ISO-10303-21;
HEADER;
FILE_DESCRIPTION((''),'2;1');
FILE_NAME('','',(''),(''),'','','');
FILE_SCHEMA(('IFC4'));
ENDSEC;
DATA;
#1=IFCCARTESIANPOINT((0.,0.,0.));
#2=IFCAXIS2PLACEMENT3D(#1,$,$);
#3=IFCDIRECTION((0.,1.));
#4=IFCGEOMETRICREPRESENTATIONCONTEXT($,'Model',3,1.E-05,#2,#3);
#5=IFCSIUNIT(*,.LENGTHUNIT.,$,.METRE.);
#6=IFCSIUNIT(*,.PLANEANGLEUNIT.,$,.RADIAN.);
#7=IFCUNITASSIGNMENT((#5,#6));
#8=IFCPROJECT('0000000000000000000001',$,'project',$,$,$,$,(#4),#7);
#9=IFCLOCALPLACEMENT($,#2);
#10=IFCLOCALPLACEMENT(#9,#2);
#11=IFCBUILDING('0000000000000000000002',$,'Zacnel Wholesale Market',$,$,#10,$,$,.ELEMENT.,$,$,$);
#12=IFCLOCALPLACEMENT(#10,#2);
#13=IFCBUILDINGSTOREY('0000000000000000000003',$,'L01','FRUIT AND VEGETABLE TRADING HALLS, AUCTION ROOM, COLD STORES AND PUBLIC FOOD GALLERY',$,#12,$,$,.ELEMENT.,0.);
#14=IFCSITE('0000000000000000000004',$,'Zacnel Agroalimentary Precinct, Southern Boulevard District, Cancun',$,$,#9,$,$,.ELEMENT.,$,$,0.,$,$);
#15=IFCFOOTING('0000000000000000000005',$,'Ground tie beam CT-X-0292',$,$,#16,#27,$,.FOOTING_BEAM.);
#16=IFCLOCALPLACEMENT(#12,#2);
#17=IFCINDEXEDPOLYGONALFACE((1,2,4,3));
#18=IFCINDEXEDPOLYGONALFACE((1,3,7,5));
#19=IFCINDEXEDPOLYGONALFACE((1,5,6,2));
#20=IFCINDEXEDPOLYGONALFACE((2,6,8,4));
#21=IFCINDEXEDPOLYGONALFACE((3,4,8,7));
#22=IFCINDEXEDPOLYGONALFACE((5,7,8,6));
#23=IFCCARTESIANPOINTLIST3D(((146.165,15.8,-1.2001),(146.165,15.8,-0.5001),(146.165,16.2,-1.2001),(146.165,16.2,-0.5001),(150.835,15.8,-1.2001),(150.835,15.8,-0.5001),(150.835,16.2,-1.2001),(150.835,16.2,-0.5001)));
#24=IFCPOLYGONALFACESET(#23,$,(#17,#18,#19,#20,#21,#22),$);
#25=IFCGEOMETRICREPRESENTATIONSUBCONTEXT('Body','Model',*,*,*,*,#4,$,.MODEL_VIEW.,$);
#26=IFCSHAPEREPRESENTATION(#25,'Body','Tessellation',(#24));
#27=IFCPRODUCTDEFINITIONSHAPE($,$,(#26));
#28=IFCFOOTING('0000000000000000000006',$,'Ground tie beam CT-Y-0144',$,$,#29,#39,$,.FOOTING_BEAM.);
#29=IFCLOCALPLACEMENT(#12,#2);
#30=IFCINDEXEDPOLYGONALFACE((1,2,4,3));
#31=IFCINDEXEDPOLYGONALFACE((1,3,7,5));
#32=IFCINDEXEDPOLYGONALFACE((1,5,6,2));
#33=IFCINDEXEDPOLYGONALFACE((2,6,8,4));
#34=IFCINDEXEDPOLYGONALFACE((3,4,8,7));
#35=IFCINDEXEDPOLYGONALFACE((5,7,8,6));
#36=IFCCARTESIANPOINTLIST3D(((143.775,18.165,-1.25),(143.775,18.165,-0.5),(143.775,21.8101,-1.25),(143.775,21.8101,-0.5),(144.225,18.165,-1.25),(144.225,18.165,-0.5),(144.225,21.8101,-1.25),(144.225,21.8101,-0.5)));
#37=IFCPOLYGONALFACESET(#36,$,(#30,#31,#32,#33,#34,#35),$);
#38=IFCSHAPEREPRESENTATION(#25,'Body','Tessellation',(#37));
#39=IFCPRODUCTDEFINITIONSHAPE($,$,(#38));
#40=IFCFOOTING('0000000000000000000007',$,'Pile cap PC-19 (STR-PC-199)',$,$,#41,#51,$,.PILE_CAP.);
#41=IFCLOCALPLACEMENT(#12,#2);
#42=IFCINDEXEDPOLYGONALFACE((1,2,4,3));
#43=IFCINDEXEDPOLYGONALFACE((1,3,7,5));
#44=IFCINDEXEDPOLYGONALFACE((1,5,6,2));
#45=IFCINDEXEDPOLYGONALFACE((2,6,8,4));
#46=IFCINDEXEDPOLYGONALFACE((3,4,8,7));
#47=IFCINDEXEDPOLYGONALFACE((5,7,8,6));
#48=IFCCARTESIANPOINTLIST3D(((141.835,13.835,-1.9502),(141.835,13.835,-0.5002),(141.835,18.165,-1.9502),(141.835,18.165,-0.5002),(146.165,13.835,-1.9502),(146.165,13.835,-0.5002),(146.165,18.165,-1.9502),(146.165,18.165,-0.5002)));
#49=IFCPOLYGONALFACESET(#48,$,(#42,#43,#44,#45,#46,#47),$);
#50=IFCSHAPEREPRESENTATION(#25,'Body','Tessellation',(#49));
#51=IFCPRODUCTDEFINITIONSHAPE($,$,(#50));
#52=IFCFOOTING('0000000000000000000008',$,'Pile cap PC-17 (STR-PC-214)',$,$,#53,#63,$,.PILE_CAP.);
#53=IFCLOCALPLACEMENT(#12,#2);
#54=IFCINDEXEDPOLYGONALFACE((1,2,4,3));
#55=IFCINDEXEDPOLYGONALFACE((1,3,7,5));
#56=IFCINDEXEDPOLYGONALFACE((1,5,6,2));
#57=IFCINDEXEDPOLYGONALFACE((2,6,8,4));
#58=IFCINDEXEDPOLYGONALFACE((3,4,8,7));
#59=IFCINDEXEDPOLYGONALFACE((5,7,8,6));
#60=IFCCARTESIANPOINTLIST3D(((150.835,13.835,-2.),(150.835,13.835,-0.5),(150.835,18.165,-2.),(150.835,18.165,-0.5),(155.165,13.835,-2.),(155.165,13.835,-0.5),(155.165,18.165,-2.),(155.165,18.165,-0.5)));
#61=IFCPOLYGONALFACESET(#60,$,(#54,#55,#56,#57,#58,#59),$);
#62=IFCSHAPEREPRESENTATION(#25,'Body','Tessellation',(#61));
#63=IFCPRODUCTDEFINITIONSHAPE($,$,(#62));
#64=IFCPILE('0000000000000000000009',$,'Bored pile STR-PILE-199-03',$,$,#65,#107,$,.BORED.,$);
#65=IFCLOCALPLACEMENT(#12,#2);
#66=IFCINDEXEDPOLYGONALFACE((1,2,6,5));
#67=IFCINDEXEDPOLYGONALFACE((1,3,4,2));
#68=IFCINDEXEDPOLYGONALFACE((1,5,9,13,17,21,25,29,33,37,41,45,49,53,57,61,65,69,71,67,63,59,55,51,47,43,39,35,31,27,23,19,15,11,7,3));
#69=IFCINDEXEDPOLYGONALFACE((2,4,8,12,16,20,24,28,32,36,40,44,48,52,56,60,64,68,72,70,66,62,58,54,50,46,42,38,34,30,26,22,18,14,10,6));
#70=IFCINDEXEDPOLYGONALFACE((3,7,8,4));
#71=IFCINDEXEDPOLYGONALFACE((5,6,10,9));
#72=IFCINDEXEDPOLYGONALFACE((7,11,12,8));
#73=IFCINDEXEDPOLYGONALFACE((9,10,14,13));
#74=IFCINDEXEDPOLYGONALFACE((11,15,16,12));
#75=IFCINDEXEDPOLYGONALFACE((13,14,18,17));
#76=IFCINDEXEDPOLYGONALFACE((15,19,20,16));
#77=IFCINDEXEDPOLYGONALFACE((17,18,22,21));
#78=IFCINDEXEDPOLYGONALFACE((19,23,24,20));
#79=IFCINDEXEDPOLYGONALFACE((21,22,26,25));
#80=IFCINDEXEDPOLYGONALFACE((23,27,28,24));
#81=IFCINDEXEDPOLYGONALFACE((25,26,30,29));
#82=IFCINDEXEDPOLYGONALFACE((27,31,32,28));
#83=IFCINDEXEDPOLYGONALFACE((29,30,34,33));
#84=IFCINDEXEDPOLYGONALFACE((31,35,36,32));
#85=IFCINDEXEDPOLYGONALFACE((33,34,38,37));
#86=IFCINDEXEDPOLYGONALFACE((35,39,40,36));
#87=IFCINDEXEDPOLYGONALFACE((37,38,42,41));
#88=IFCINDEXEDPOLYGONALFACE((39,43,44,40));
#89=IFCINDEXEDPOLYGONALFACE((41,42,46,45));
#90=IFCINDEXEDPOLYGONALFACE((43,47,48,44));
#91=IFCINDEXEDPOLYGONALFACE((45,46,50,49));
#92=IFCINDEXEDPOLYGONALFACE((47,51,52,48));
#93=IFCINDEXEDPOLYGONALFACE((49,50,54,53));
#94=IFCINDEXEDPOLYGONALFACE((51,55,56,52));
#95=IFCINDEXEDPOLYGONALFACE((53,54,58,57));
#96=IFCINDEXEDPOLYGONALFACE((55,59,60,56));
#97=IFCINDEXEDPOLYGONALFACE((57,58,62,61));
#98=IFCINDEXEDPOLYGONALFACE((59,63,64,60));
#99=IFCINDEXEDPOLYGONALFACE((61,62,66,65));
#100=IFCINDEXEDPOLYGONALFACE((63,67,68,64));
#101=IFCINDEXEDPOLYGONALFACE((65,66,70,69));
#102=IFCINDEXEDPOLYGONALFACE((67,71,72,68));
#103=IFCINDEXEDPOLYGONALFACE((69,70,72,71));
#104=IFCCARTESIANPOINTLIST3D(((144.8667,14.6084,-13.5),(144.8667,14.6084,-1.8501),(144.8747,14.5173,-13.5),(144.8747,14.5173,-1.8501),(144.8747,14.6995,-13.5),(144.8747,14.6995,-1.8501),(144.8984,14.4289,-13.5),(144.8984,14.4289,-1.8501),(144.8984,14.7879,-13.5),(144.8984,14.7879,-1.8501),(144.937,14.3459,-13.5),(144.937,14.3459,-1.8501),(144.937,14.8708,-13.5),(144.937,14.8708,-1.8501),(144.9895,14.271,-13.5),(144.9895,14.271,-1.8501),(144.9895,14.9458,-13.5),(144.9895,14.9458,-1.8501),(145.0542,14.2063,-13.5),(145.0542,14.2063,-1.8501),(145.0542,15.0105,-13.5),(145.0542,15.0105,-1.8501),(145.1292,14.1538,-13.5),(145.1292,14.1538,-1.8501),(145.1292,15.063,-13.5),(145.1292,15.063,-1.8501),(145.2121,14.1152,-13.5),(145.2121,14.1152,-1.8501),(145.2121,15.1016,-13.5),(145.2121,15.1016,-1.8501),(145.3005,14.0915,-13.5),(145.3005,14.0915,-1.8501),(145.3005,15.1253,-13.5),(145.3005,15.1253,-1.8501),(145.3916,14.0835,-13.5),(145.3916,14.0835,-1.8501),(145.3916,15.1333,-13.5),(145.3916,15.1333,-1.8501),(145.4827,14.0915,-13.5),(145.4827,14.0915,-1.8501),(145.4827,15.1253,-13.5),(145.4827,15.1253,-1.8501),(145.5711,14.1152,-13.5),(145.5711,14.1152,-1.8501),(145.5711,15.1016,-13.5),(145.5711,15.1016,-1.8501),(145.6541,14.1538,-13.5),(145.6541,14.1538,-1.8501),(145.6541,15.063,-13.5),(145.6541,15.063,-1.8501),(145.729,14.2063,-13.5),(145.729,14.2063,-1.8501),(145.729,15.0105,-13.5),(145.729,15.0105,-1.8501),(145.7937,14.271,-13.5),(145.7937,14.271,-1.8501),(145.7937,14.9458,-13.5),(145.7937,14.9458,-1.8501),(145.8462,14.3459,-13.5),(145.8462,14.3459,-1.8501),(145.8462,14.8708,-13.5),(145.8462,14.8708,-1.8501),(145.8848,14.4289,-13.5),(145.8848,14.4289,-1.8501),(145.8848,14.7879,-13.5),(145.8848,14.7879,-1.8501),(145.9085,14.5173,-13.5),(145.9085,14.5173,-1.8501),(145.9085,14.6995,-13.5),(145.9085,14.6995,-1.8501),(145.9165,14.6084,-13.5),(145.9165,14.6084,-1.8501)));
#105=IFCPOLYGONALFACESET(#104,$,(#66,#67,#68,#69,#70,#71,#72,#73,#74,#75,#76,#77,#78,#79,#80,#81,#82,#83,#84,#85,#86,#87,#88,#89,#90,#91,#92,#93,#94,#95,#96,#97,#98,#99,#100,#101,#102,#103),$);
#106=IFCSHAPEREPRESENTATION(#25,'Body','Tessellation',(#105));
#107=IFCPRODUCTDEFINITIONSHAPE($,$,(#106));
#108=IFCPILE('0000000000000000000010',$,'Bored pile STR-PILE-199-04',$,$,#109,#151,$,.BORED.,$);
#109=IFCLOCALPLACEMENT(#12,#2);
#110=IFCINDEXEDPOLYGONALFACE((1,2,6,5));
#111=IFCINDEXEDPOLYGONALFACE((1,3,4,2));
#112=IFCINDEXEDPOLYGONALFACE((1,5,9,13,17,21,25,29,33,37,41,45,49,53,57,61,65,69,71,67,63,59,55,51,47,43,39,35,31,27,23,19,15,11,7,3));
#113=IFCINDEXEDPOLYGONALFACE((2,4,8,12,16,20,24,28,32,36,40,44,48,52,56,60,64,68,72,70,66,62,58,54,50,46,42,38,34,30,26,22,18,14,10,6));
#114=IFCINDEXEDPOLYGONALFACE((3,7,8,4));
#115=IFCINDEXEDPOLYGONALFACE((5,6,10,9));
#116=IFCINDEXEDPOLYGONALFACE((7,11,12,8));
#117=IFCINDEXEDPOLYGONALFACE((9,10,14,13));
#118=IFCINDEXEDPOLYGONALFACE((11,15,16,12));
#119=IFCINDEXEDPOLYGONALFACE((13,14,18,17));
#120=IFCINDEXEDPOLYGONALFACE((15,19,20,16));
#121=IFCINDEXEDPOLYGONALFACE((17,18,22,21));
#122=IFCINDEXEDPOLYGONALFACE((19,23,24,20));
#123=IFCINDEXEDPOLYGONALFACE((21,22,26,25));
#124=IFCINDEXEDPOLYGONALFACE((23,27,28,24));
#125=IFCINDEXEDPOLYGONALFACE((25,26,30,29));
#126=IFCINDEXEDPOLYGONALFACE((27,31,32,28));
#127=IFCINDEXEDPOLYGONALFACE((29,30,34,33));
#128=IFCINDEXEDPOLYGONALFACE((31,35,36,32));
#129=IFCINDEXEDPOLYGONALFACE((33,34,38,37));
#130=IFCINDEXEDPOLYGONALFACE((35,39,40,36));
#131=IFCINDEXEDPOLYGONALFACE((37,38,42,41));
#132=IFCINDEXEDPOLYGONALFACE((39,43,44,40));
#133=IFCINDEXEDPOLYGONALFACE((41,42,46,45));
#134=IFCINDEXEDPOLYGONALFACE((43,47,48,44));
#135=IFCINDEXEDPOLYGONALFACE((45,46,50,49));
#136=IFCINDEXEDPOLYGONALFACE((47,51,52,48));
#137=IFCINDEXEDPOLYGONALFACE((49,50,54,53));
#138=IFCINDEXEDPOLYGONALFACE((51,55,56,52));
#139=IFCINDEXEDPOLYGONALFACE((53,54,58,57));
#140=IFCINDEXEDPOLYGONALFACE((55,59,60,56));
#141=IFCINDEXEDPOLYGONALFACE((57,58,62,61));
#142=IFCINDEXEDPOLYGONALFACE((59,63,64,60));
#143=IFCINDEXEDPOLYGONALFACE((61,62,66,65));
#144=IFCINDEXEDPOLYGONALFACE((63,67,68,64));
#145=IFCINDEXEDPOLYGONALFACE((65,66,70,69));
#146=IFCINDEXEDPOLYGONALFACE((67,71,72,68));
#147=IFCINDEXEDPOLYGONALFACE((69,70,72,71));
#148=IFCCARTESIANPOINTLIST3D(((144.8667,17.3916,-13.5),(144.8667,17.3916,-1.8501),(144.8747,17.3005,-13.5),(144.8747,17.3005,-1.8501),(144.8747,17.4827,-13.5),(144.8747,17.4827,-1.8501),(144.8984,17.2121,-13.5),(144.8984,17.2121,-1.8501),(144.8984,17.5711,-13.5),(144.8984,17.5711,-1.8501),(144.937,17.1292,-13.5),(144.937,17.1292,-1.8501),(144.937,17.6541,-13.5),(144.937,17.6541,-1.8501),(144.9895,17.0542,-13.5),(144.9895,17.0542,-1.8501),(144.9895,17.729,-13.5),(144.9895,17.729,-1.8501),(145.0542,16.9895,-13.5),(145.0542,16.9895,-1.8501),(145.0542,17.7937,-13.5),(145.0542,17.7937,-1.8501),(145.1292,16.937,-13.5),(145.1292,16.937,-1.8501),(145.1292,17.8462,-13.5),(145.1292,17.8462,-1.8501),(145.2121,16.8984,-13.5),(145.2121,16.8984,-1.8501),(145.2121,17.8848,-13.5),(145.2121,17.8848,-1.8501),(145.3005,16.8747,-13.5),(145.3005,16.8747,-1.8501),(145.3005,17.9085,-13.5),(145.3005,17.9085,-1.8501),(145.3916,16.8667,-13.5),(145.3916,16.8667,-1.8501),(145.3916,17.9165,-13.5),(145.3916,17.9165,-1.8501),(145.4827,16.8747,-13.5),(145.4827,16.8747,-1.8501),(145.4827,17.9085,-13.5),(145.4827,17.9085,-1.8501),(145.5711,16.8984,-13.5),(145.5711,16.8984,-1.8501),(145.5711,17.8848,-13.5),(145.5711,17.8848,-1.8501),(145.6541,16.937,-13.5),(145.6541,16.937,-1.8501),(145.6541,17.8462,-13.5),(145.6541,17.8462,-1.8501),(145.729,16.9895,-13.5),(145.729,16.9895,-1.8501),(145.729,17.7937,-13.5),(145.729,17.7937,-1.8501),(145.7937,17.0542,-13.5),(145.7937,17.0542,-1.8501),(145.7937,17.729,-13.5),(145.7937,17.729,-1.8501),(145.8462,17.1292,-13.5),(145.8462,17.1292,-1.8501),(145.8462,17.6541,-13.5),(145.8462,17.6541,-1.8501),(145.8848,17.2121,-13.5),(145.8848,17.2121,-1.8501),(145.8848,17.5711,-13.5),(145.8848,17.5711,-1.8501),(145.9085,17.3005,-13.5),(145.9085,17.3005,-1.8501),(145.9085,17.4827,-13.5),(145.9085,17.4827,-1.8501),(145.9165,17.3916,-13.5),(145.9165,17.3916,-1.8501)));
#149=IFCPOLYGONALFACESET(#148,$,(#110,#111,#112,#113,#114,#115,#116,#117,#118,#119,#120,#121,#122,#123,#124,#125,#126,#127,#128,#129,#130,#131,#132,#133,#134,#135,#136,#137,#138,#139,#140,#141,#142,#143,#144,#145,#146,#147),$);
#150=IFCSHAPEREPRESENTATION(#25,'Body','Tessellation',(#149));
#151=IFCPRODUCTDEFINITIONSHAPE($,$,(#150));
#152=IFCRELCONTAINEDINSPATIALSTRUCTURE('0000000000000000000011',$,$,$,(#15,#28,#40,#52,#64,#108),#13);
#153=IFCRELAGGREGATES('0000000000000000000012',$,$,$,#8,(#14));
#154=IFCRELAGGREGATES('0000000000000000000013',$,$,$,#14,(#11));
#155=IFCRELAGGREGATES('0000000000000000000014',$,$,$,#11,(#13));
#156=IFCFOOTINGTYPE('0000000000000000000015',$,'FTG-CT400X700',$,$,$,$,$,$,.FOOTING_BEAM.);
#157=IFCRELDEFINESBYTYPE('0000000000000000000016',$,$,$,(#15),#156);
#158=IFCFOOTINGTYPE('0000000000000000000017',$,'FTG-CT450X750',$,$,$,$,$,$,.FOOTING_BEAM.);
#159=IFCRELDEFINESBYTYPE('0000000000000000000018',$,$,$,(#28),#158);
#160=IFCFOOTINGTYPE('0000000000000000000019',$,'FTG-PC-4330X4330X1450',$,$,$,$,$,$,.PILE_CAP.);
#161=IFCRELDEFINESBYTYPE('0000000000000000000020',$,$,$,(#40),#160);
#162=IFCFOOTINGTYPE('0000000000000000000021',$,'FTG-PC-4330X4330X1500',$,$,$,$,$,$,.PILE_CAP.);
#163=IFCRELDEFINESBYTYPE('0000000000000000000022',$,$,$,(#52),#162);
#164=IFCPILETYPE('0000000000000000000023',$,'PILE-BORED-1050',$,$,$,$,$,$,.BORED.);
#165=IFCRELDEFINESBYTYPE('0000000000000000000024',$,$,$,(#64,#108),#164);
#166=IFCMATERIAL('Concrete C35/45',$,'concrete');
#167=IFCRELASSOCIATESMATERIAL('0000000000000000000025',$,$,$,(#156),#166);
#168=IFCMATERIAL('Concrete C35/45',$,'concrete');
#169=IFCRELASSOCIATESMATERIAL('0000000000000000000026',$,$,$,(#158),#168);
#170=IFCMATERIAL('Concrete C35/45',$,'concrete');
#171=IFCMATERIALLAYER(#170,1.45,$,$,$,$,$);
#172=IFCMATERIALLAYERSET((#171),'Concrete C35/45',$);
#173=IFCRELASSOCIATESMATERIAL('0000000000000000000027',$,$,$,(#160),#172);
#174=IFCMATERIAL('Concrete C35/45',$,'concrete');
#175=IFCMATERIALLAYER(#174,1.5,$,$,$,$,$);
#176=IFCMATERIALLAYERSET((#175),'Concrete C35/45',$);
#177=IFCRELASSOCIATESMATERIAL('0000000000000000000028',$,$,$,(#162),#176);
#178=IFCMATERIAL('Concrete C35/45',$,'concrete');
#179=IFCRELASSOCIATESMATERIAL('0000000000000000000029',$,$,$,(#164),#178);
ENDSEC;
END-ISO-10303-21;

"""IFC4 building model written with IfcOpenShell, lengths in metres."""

from ifc_helpers import new_model, si_unit, direction, frame, origin, origin_2d, place, context, subcontext, project, spatial, rectangle, circle, extrude, material, layer, layer_set, material_profile, profile_set, type_object, element, save


model = new_model("IFC4")

# Units and contexts
model_context = context("Model", 3, precision=1e-05, world=origin(), true_north=direction((0.0, 1.0)))
body_context = subcontext(model_context, "Body", "Model", "MODEL_VIEW")
ifc_project = project(units=[si_unit("LENGTHUNIT", "METRE"), si_unit("PLANEANGLEUNIT", "RADIAN")], contexts=[model_context])

# Site, building, storey
site_placement = place(None, origin())
site = spatial("IfcSite", under=ifc_project, at=site_placement, Name="Zacnel Agroalimentary Precinct, Southern Boulevard District, Cancun", CompositionType="ELEMENT", RefElevation=0.0)
building_placement = place(site_placement, origin())
building = spatial("IfcBuilding", under=site, at=building_placement, Name="Zacnel Wholesale Market", CompositionType="ELEMENT")
storey_placement = place(building_placement, origin())
storey = spatial("IfcBuildingStorey", under=building, at=storey_placement, Name="L01", Description="FRUIT AND VEGETABLE TRADING HALLS, AUCTION ROOM, COLD STORES AND PUBLIC FOOD GALLERY", CompositionType="ELEMENT", Elevation=0.0)

# Footings
ifc_material_1 = material(Name="Concrete C35/45", Category="concrete")
ifc_material_profile_1 = material_profile(ifc_material_1, rectangle(XDim=0.3999, YDim=0.7, at=origin_2d()), Name="CT 400x700")
ifc_profile_set_1 = profile_set([ifc_material_profile_1], Name="Concrete C35/45")
footing_type_1 = type_object("IfcFootingType", Name="FTG-CT400X700", PredefinedType="FOOTING_BEAM", material=ifc_profile_set_1)
footing_1_placement = place(storey_placement, frame((146.165, 16.0, -0.8501), z_axis=(1.0, 0.0, 0.0), x_axis=(0.0, 1.0, 0.0)))
element("IfcFooting", 1, at=footing_1_placement, inside=storey, type_object=footing_type_1, Name="Ground tie beam CT-X-0292", PredefinedType="FOOTING_BEAM", context=body_context, shape_type="SweptSolid", body=[
    extrude(rectangle(XDim=0.3999, YDim=0.7, at=origin_2d()), origin(), (0.0, 0.0, 1.0), 4.6699),
])
ifc_material_2 = material(Name="Concrete C35/45", Category="concrete")
ifc_material_profile_2 = material_profile(ifc_material_2, rectangle(XDim=0.45, YDim=0.75, at=origin_2d()), Name="CT 450x750")
ifc_profile_set_2 = profile_set([ifc_material_profile_2], Name="Concrete C35/45")
footing_type_2 = type_object("IfcFootingType", Name="FTG-CT450X750", PredefinedType="FOOTING_BEAM", material=ifc_profile_set_2)
footing_2_placement = place(storey_placement, frame((144.0, 18.165, -0.875), z_axis=(0.0, 1.0, 0.0), x_axis=(-1.0, 0.0, 0.0)))
element("IfcFooting", 2, at=footing_2_placement, inside=storey, type_object=footing_type_2, Name="Ground tie beam CT-Y-0144", PredefinedType="FOOTING_BEAM", context=body_context, shape_type="SweptSolid", body=[
    extrude(rectangle(XDim=0.45, YDim=0.75, at=origin_2d()), origin(), (0.0, 0.0, 1.0), 3.645),
])
ifc_material_3 = material(Name="Concrete C35/45", Category="concrete")
ifc_layer_1 = layer(ifc_material_3, 1.45)
ifc_layer_set_1 = layer_set([ifc_layer_1], Name="Concrete C35/45")
footing_type_3 = type_object("IfcFootingType", Name="FTG-PC-4330X4330X1450", PredefinedType="PILE_CAP", material=ifc_layer_set_1)
footing_3_placement = place(storey_placement, frame((144.0, 16.0, -1.9502), z_axis=(0.0, 0.0, 1.0), x_axis=(1.0, 0.0, 0.0)))
element("IfcFooting", 3, at=footing_3_placement, inside=storey, type_object=footing_type_3, Name="Pile cap PC-19 (STR-PC-199)", PredefinedType="PILE_CAP", context=body_context, shape_type="SweptSolid", body=[
    extrude(rectangle(XDim=4.3301, YDim=4.3301, at=origin_2d()), origin(), (0.0, 0.0, 1.0), 1.45),
])
ifc_material_4 = material(Name="Concrete C35/45", Category="concrete")
ifc_layer_2 = layer(ifc_material_4, 1.5)
ifc_layer_set_2 = layer_set([ifc_layer_2], Name="Concrete C35/45")
footing_type_4 = type_object("IfcFootingType", Name="FTG-PC-4330X4330X1500", PredefinedType="PILE_CAP", material=ifc_layer_set_2)
footing_4_placement = place(storey_placement, frame((153.0, 16.0, -2.0), z_axis=(0.0, 0.0, 1.0), x_axis=(1.0, 0.0, 0.0)))
element("IfcFooting", 4, at=footing_4_placement, inside=storey, type_object=footing_type_4, Name="Pile cap PC-17 (STR-PC-214)", PredefinedType="PILE_CAP", context=body_context, shape_type="SweptSolid", body=[
    extrude(rectangle(XDim=4.3301, YDim=4.3301, at=origin_2d()), origin(), (0.0, 0.0, 1.0), 1.5),
])

# Piles
ifc_material_5 = material(Name="Concrete C35/45", Category="concrete")
ifc_material_profile_3 = material_profile(ifc_material_5, circle(Radius=0.5249, at=origin_2d()), Name="BORED PILE D1050")
ifc_profile_set_3 = profile_set([ifc_material_profile_3], Name="Concrete C35/45")
pile_type = type_object("IfcPileType", Name="PILE-BORED-1050", PredefinedType="BORED", material=ifc_profile_set_3)
for number, where, z_axis, x_axis, name in (
    (5, (145.3916, 14.6084, -1.8501), (0.0, 0.0, -1.0), (1.0, 0.0, 0.0), "Bored pile STR-PILE-199-03"),
    (6, (145.3916, 17.3916, -1.8501), (0.0, 0.0, -1.0), (1.0, 0.0, 0.0), "Bored pile STR-PILE-199-04"),
):
    element("IfcPile", number, at=place(storey_placement, frame(where, z_axis=z_axis, x_axis=x_axis)), inside=storey, type_object=pile_type, Name=name, PredefinedType="BORED", context=body_context, shape_type="SweptSolid", body=[
        extrude(circle(Radius=0.5249, at=origin_2d()), origin(), (0.0, 0.0, 1.0), 11.6499),
    ])

save(model, "model.ifc")
